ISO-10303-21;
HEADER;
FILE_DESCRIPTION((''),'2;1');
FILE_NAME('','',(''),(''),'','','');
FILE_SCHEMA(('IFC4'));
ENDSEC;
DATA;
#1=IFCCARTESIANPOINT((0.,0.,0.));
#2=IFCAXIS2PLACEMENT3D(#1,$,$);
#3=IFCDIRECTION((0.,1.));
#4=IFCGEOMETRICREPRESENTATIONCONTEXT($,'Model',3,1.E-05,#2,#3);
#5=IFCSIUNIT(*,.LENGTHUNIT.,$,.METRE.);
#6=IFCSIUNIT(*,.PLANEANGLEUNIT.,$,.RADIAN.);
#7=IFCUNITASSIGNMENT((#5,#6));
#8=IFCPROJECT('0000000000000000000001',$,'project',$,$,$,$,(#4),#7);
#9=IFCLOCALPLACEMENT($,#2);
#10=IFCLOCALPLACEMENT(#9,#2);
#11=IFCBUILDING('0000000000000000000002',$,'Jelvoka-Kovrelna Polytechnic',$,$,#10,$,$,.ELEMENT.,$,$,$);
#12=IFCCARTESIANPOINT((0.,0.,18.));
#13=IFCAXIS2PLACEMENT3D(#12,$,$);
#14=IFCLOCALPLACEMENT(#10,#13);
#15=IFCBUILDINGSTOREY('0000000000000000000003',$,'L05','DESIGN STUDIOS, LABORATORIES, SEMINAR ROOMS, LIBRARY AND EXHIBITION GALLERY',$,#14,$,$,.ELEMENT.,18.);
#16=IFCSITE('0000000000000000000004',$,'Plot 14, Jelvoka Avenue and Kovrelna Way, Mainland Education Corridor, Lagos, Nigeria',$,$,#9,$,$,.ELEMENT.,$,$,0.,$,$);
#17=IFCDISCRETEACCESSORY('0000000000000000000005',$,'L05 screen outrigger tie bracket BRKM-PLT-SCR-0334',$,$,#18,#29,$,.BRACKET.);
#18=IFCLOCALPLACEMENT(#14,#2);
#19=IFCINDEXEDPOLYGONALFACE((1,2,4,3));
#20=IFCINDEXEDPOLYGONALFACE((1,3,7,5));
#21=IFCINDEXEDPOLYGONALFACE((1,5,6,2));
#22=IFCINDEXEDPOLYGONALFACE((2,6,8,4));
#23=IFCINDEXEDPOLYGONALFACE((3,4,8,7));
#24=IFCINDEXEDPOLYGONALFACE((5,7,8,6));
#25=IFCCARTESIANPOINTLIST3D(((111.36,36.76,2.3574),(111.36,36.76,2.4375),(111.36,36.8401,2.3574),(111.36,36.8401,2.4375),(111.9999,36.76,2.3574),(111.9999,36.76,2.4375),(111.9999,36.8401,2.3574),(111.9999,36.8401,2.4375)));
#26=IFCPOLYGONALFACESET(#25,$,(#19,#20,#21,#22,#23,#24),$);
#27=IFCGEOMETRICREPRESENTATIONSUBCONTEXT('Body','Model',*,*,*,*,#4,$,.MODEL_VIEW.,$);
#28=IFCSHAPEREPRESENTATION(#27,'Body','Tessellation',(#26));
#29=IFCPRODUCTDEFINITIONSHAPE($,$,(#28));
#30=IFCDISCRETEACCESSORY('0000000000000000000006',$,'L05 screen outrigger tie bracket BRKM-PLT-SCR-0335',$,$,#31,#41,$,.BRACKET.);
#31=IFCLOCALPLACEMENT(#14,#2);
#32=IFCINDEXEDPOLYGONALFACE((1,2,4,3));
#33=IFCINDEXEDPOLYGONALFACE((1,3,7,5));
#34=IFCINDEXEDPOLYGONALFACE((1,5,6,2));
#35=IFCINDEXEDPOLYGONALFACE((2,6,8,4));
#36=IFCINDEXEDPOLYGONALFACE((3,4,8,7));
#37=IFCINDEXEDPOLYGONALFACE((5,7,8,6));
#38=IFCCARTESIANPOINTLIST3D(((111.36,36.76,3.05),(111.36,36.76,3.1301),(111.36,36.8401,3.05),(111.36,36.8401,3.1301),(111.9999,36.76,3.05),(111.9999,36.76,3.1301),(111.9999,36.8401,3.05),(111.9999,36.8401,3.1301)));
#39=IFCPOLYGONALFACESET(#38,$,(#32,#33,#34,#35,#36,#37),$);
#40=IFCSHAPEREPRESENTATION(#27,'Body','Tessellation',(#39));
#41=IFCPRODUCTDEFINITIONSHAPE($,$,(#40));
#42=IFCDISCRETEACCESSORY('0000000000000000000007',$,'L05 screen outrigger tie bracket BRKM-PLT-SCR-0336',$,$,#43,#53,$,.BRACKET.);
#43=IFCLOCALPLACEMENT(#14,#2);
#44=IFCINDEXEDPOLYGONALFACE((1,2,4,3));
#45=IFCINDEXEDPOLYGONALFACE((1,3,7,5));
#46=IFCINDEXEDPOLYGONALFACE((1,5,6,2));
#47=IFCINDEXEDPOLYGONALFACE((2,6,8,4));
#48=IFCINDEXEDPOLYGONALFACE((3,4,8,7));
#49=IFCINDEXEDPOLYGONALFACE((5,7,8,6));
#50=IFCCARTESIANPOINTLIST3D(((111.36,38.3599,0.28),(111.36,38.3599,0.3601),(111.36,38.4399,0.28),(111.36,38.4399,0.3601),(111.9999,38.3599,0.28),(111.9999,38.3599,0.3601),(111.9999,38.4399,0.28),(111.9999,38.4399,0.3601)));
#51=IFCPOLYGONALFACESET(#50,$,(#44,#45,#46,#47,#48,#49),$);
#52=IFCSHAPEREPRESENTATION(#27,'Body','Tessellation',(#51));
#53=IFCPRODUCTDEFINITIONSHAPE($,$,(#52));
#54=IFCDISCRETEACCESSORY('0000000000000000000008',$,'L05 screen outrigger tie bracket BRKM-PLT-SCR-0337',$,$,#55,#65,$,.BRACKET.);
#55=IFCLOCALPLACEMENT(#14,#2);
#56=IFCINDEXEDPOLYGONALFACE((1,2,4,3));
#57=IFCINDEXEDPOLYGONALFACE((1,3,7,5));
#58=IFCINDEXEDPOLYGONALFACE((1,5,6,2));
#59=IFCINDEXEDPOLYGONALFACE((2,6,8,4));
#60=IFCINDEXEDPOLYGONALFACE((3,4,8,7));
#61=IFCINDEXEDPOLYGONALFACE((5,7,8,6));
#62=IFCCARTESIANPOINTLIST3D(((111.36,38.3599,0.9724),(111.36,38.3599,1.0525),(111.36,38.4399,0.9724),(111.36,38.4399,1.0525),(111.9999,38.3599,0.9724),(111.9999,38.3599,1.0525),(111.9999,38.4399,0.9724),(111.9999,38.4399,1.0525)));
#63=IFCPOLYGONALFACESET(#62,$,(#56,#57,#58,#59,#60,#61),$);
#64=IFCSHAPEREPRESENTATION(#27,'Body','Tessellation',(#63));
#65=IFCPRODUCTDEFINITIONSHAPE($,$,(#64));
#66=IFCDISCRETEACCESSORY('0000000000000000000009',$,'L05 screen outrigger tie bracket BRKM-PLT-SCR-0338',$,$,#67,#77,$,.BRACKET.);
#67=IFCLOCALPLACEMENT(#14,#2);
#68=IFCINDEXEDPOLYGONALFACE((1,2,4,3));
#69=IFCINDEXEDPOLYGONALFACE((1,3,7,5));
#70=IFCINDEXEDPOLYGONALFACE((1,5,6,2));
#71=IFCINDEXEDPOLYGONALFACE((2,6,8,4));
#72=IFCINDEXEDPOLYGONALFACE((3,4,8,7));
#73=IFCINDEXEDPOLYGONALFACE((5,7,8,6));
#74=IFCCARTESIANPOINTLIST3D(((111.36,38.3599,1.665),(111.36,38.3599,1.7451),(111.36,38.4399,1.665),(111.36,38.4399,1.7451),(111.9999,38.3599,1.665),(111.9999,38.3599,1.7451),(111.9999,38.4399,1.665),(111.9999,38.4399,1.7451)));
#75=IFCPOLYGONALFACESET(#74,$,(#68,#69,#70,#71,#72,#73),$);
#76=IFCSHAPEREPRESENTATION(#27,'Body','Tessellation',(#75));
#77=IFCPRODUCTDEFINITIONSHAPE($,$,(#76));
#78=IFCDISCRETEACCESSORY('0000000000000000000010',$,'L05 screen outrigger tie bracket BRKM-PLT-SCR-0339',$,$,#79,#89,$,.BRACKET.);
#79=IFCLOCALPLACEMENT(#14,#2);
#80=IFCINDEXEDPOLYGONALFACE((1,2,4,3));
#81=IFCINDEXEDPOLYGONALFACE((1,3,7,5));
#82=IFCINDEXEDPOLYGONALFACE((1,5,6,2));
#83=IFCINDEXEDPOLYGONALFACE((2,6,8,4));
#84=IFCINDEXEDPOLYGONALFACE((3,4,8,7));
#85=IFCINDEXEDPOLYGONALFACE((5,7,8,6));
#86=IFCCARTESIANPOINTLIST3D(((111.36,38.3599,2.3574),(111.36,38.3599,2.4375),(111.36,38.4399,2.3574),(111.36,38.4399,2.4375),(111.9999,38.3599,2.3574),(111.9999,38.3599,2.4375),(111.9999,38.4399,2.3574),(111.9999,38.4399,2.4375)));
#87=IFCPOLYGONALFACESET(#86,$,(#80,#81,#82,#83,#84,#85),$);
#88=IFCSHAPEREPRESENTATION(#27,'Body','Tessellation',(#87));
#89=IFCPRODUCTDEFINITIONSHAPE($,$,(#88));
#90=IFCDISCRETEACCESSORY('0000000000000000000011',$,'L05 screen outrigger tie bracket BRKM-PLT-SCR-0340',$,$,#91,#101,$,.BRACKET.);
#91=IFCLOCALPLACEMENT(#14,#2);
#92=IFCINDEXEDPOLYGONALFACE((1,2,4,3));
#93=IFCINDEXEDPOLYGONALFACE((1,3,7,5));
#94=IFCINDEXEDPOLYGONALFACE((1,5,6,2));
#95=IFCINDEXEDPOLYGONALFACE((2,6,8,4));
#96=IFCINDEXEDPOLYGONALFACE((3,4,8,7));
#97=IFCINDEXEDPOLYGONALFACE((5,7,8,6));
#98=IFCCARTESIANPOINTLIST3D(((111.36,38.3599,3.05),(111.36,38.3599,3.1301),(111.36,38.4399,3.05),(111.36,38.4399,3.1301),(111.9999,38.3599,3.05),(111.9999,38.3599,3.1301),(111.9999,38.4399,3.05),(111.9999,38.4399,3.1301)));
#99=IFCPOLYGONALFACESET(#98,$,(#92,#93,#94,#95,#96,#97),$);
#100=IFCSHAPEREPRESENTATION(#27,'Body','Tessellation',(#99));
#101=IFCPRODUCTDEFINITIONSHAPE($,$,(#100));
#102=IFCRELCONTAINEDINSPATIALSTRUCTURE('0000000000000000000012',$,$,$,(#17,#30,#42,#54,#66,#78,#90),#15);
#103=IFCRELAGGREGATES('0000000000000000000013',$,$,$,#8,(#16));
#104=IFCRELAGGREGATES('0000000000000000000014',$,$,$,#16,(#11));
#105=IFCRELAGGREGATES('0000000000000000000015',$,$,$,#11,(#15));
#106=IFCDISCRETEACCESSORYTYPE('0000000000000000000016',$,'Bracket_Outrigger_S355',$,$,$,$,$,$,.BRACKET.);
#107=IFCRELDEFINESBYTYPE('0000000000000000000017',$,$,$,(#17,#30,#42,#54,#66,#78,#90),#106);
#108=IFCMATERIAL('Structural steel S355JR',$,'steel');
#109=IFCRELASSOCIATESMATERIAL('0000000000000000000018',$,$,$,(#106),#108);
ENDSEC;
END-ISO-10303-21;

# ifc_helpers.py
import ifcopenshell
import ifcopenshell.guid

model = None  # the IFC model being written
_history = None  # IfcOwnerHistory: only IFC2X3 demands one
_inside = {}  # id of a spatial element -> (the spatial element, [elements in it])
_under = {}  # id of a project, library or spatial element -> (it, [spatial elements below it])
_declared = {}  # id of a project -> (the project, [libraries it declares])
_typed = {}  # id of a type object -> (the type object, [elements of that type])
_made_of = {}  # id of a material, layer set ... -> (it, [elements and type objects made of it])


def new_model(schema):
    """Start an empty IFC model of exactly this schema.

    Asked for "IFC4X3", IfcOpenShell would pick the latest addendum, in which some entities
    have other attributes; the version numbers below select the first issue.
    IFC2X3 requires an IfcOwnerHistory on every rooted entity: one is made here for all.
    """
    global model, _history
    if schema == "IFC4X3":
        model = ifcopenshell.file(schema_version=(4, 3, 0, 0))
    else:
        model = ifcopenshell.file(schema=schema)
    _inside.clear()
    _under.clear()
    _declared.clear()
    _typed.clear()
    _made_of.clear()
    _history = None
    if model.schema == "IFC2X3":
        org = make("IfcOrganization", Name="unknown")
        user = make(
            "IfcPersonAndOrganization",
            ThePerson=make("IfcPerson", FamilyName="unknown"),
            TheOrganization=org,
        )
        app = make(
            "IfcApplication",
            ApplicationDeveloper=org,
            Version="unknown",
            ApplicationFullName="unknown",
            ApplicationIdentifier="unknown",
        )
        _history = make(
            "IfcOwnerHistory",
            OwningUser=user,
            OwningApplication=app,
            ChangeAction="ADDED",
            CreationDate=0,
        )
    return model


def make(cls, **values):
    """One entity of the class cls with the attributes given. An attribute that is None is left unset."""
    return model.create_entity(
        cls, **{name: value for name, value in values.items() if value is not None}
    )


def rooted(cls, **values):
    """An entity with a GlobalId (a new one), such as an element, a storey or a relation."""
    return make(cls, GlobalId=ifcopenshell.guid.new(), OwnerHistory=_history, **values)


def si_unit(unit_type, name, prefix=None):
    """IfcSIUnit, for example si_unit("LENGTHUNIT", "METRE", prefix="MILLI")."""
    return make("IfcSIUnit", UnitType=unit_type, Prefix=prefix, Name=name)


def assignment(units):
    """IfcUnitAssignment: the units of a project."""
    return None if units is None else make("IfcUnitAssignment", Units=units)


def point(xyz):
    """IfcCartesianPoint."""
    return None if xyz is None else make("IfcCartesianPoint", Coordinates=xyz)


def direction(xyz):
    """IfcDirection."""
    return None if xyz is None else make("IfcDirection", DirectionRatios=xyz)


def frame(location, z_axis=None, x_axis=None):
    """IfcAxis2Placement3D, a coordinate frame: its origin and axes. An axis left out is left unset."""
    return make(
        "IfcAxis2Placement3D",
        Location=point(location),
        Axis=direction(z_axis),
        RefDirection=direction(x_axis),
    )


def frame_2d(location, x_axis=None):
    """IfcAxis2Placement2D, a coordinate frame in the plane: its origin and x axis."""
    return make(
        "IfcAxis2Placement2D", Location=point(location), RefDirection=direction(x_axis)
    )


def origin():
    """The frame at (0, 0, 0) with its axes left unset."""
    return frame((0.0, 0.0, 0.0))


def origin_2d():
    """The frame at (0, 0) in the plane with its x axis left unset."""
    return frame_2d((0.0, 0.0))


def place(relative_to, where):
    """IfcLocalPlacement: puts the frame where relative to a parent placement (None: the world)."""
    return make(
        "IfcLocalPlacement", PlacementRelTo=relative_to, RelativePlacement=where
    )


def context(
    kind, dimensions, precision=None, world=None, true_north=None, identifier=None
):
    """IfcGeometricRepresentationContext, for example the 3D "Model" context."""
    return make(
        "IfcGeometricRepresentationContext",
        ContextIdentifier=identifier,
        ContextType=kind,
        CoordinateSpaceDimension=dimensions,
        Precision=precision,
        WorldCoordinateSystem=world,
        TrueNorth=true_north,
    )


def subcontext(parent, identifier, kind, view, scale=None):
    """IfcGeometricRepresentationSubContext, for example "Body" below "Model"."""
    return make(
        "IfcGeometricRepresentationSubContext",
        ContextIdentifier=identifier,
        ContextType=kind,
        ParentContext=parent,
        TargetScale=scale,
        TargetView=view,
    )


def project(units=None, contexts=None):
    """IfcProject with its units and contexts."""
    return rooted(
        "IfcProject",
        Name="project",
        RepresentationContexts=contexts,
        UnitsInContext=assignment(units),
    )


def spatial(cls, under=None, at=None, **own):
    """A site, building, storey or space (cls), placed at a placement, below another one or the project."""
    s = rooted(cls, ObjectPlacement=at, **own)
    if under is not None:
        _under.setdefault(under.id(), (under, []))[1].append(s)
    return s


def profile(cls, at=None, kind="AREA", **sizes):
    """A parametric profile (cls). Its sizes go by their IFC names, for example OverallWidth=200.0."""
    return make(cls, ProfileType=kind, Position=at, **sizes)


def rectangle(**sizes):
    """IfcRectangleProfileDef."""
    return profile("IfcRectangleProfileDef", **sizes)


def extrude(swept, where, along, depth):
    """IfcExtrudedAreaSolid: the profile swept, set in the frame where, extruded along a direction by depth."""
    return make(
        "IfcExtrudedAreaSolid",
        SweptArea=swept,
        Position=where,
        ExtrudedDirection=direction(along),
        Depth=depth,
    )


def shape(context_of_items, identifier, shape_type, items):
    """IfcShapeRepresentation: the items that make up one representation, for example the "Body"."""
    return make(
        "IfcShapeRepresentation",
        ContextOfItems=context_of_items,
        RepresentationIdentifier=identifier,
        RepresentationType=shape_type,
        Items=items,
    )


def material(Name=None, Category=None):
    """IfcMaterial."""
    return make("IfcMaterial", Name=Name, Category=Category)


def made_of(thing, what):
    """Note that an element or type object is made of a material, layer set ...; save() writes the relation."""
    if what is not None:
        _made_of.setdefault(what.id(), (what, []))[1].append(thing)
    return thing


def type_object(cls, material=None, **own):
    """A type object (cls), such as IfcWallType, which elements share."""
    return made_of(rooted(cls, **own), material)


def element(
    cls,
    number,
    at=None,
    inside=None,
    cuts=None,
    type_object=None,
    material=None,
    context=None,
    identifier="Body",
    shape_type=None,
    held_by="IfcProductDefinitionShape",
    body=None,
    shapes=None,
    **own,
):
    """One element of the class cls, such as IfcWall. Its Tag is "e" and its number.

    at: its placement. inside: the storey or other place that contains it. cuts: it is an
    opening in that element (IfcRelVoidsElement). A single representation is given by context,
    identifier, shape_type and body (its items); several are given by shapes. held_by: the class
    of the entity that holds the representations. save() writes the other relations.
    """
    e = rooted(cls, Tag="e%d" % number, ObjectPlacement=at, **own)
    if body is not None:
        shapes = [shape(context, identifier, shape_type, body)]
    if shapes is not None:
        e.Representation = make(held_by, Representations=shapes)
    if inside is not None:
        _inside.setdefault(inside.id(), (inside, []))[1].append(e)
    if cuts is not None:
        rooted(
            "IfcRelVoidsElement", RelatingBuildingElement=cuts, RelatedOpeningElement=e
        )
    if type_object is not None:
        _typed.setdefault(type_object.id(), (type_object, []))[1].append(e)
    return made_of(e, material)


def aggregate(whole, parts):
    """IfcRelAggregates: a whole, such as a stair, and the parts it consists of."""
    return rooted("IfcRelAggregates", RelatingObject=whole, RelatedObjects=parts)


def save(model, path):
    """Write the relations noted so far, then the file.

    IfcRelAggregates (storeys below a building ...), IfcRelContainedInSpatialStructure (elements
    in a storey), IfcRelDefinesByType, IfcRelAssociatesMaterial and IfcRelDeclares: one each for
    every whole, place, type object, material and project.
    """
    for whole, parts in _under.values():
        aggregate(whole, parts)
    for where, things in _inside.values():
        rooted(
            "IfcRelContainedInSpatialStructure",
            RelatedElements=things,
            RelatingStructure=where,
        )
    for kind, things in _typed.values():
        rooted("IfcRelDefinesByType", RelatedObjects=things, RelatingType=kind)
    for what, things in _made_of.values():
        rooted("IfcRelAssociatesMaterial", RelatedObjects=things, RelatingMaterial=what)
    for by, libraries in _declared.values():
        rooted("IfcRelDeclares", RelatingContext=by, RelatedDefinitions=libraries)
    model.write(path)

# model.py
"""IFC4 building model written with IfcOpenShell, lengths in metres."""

from ifc_helpers import new_model, si_unit, direction, frame, origin, origin_2d, place, context, subcontext, project, spatial, rectangle, extrude, material, type_object, element, save


model = new_model("IFC4")

# Units and contexts
model_context = context("Model", 3, precision=1e-05, world=origin(), true_north=direction((0.0, 1.0)))
body_context = subcontext(model_context, "Body", "Model", "MODEL_VIEW")
ifc_project = project(units=[si_unit("LENGTHUNIT", "METRE"), si_unit("PLANEANGLEUNIT", "RADIAN")], contexts=[model_context])

# Site, building, storey
site_placement = place(None, origin())
site = spatial("IfcSite", under=ifc_project, at=site_placement, Name="Plot 14, Jelvoka Avenue and Kovrelna Way, Mainland Education Corridor, Lagos, Nigeria", CompositionType="ELEMENT", RefElevation=0.0)
building_placement = place(site_placement, origin())
building = spatial("IfcBuilding", under=site, at=building_placement, Name="Jelvoka-Kovrelna Polytechnic", CompositionType="ELEMENT")
storey_placement = place(building_placement, frame((0.0, 0.0, 18.0)))
storey = spatial("IfcBuildingStorey", under=building, at=storey_placement, Name="L05", Description="DESIGN STUDIOS, LABORATORIES, SEMINAR ROOMS, LIBRARY AND EXHIBITION GALLERY", CompositionType="ELEMENT", Elevation=18.0)

# Discrete accessories
ifc_material_1 = material(Name="Structural steel S355JR", Category="steel")
discrete_accessory_type = type_object("IfcDiscreteAccessoryType", Name="Bracket_Outrigger_S355", PredefinedType="BRACKET", material=ifc_material_1)
for number, where, z_axis, x_axis, name in (
    (1, (111.6799, 36.8, 2.3574), (0.0, 0.0, 1.0), (1.0, 0.0, 0.0), "L05 screen outrigger tie bracket BRKM-PLT-SCR-0334"),
    (2, (111.6799, 36.8, 3.05), (0.0, 0.0, 1.0), (1.0, 0.0, 0.0), "L05 screen outrigger tie bracket BRKM-PLT-SCR-0335"),
    (3, (111.6799, 38.3999, 0.28), (0.0, 0.0, 1.0), (1.0, 0.0, 0.0), "L05 screen outrigger tie bracket BRKM-PLT-SCR-0336"),
    (4, (111.6799, 38.3999, 0.9724), (0.0, 0.0, 1.0), (1.0, 0.0, 0.0), "L05 screen outrigger tie bracket BRKM-PLT-SCR-0337"),
    (5, (111.6799, 38.3999, 1.665), (0.0, 0.0, 1.0), (1.0, 0.0, 0.0), "L05 screen outrigger tie bracket BRKM-PLT-SCR-0338"),
    (6, (111.6799, 38.3999, 2.3574), (0.0, 0.0, 1.0), (1.0, 0.0, 0.0), "L05 screen outrigger tie bracket BRKM-PLT-SCR-0339"),
    (7, (111.6799, 38.3999, 3.05), (0.0, 0.0, 1.0), (1.0, 0.0, 0.0), "L05 screen outrigger tie bracket BRKM-PLT-SCR-0340"),
):
    element("IfcDiscreteAccessory", number, at=place(storey_placement, frame(where, z_axis=z_axis, x_axis=x_axis)), inside=storey, type_object=discrete_accessory_type, Name=name, PredefinedType="BRACKET", context=body_context, shape_type="SweptSolid", body=[
        extrude(rectangle(XDim=0.6399, YDim=0.0801, at=origin_2d()), origin(), (0.0, 0.0, 1.0), 0.0801),
    ])

save(model, "model.ifc")
